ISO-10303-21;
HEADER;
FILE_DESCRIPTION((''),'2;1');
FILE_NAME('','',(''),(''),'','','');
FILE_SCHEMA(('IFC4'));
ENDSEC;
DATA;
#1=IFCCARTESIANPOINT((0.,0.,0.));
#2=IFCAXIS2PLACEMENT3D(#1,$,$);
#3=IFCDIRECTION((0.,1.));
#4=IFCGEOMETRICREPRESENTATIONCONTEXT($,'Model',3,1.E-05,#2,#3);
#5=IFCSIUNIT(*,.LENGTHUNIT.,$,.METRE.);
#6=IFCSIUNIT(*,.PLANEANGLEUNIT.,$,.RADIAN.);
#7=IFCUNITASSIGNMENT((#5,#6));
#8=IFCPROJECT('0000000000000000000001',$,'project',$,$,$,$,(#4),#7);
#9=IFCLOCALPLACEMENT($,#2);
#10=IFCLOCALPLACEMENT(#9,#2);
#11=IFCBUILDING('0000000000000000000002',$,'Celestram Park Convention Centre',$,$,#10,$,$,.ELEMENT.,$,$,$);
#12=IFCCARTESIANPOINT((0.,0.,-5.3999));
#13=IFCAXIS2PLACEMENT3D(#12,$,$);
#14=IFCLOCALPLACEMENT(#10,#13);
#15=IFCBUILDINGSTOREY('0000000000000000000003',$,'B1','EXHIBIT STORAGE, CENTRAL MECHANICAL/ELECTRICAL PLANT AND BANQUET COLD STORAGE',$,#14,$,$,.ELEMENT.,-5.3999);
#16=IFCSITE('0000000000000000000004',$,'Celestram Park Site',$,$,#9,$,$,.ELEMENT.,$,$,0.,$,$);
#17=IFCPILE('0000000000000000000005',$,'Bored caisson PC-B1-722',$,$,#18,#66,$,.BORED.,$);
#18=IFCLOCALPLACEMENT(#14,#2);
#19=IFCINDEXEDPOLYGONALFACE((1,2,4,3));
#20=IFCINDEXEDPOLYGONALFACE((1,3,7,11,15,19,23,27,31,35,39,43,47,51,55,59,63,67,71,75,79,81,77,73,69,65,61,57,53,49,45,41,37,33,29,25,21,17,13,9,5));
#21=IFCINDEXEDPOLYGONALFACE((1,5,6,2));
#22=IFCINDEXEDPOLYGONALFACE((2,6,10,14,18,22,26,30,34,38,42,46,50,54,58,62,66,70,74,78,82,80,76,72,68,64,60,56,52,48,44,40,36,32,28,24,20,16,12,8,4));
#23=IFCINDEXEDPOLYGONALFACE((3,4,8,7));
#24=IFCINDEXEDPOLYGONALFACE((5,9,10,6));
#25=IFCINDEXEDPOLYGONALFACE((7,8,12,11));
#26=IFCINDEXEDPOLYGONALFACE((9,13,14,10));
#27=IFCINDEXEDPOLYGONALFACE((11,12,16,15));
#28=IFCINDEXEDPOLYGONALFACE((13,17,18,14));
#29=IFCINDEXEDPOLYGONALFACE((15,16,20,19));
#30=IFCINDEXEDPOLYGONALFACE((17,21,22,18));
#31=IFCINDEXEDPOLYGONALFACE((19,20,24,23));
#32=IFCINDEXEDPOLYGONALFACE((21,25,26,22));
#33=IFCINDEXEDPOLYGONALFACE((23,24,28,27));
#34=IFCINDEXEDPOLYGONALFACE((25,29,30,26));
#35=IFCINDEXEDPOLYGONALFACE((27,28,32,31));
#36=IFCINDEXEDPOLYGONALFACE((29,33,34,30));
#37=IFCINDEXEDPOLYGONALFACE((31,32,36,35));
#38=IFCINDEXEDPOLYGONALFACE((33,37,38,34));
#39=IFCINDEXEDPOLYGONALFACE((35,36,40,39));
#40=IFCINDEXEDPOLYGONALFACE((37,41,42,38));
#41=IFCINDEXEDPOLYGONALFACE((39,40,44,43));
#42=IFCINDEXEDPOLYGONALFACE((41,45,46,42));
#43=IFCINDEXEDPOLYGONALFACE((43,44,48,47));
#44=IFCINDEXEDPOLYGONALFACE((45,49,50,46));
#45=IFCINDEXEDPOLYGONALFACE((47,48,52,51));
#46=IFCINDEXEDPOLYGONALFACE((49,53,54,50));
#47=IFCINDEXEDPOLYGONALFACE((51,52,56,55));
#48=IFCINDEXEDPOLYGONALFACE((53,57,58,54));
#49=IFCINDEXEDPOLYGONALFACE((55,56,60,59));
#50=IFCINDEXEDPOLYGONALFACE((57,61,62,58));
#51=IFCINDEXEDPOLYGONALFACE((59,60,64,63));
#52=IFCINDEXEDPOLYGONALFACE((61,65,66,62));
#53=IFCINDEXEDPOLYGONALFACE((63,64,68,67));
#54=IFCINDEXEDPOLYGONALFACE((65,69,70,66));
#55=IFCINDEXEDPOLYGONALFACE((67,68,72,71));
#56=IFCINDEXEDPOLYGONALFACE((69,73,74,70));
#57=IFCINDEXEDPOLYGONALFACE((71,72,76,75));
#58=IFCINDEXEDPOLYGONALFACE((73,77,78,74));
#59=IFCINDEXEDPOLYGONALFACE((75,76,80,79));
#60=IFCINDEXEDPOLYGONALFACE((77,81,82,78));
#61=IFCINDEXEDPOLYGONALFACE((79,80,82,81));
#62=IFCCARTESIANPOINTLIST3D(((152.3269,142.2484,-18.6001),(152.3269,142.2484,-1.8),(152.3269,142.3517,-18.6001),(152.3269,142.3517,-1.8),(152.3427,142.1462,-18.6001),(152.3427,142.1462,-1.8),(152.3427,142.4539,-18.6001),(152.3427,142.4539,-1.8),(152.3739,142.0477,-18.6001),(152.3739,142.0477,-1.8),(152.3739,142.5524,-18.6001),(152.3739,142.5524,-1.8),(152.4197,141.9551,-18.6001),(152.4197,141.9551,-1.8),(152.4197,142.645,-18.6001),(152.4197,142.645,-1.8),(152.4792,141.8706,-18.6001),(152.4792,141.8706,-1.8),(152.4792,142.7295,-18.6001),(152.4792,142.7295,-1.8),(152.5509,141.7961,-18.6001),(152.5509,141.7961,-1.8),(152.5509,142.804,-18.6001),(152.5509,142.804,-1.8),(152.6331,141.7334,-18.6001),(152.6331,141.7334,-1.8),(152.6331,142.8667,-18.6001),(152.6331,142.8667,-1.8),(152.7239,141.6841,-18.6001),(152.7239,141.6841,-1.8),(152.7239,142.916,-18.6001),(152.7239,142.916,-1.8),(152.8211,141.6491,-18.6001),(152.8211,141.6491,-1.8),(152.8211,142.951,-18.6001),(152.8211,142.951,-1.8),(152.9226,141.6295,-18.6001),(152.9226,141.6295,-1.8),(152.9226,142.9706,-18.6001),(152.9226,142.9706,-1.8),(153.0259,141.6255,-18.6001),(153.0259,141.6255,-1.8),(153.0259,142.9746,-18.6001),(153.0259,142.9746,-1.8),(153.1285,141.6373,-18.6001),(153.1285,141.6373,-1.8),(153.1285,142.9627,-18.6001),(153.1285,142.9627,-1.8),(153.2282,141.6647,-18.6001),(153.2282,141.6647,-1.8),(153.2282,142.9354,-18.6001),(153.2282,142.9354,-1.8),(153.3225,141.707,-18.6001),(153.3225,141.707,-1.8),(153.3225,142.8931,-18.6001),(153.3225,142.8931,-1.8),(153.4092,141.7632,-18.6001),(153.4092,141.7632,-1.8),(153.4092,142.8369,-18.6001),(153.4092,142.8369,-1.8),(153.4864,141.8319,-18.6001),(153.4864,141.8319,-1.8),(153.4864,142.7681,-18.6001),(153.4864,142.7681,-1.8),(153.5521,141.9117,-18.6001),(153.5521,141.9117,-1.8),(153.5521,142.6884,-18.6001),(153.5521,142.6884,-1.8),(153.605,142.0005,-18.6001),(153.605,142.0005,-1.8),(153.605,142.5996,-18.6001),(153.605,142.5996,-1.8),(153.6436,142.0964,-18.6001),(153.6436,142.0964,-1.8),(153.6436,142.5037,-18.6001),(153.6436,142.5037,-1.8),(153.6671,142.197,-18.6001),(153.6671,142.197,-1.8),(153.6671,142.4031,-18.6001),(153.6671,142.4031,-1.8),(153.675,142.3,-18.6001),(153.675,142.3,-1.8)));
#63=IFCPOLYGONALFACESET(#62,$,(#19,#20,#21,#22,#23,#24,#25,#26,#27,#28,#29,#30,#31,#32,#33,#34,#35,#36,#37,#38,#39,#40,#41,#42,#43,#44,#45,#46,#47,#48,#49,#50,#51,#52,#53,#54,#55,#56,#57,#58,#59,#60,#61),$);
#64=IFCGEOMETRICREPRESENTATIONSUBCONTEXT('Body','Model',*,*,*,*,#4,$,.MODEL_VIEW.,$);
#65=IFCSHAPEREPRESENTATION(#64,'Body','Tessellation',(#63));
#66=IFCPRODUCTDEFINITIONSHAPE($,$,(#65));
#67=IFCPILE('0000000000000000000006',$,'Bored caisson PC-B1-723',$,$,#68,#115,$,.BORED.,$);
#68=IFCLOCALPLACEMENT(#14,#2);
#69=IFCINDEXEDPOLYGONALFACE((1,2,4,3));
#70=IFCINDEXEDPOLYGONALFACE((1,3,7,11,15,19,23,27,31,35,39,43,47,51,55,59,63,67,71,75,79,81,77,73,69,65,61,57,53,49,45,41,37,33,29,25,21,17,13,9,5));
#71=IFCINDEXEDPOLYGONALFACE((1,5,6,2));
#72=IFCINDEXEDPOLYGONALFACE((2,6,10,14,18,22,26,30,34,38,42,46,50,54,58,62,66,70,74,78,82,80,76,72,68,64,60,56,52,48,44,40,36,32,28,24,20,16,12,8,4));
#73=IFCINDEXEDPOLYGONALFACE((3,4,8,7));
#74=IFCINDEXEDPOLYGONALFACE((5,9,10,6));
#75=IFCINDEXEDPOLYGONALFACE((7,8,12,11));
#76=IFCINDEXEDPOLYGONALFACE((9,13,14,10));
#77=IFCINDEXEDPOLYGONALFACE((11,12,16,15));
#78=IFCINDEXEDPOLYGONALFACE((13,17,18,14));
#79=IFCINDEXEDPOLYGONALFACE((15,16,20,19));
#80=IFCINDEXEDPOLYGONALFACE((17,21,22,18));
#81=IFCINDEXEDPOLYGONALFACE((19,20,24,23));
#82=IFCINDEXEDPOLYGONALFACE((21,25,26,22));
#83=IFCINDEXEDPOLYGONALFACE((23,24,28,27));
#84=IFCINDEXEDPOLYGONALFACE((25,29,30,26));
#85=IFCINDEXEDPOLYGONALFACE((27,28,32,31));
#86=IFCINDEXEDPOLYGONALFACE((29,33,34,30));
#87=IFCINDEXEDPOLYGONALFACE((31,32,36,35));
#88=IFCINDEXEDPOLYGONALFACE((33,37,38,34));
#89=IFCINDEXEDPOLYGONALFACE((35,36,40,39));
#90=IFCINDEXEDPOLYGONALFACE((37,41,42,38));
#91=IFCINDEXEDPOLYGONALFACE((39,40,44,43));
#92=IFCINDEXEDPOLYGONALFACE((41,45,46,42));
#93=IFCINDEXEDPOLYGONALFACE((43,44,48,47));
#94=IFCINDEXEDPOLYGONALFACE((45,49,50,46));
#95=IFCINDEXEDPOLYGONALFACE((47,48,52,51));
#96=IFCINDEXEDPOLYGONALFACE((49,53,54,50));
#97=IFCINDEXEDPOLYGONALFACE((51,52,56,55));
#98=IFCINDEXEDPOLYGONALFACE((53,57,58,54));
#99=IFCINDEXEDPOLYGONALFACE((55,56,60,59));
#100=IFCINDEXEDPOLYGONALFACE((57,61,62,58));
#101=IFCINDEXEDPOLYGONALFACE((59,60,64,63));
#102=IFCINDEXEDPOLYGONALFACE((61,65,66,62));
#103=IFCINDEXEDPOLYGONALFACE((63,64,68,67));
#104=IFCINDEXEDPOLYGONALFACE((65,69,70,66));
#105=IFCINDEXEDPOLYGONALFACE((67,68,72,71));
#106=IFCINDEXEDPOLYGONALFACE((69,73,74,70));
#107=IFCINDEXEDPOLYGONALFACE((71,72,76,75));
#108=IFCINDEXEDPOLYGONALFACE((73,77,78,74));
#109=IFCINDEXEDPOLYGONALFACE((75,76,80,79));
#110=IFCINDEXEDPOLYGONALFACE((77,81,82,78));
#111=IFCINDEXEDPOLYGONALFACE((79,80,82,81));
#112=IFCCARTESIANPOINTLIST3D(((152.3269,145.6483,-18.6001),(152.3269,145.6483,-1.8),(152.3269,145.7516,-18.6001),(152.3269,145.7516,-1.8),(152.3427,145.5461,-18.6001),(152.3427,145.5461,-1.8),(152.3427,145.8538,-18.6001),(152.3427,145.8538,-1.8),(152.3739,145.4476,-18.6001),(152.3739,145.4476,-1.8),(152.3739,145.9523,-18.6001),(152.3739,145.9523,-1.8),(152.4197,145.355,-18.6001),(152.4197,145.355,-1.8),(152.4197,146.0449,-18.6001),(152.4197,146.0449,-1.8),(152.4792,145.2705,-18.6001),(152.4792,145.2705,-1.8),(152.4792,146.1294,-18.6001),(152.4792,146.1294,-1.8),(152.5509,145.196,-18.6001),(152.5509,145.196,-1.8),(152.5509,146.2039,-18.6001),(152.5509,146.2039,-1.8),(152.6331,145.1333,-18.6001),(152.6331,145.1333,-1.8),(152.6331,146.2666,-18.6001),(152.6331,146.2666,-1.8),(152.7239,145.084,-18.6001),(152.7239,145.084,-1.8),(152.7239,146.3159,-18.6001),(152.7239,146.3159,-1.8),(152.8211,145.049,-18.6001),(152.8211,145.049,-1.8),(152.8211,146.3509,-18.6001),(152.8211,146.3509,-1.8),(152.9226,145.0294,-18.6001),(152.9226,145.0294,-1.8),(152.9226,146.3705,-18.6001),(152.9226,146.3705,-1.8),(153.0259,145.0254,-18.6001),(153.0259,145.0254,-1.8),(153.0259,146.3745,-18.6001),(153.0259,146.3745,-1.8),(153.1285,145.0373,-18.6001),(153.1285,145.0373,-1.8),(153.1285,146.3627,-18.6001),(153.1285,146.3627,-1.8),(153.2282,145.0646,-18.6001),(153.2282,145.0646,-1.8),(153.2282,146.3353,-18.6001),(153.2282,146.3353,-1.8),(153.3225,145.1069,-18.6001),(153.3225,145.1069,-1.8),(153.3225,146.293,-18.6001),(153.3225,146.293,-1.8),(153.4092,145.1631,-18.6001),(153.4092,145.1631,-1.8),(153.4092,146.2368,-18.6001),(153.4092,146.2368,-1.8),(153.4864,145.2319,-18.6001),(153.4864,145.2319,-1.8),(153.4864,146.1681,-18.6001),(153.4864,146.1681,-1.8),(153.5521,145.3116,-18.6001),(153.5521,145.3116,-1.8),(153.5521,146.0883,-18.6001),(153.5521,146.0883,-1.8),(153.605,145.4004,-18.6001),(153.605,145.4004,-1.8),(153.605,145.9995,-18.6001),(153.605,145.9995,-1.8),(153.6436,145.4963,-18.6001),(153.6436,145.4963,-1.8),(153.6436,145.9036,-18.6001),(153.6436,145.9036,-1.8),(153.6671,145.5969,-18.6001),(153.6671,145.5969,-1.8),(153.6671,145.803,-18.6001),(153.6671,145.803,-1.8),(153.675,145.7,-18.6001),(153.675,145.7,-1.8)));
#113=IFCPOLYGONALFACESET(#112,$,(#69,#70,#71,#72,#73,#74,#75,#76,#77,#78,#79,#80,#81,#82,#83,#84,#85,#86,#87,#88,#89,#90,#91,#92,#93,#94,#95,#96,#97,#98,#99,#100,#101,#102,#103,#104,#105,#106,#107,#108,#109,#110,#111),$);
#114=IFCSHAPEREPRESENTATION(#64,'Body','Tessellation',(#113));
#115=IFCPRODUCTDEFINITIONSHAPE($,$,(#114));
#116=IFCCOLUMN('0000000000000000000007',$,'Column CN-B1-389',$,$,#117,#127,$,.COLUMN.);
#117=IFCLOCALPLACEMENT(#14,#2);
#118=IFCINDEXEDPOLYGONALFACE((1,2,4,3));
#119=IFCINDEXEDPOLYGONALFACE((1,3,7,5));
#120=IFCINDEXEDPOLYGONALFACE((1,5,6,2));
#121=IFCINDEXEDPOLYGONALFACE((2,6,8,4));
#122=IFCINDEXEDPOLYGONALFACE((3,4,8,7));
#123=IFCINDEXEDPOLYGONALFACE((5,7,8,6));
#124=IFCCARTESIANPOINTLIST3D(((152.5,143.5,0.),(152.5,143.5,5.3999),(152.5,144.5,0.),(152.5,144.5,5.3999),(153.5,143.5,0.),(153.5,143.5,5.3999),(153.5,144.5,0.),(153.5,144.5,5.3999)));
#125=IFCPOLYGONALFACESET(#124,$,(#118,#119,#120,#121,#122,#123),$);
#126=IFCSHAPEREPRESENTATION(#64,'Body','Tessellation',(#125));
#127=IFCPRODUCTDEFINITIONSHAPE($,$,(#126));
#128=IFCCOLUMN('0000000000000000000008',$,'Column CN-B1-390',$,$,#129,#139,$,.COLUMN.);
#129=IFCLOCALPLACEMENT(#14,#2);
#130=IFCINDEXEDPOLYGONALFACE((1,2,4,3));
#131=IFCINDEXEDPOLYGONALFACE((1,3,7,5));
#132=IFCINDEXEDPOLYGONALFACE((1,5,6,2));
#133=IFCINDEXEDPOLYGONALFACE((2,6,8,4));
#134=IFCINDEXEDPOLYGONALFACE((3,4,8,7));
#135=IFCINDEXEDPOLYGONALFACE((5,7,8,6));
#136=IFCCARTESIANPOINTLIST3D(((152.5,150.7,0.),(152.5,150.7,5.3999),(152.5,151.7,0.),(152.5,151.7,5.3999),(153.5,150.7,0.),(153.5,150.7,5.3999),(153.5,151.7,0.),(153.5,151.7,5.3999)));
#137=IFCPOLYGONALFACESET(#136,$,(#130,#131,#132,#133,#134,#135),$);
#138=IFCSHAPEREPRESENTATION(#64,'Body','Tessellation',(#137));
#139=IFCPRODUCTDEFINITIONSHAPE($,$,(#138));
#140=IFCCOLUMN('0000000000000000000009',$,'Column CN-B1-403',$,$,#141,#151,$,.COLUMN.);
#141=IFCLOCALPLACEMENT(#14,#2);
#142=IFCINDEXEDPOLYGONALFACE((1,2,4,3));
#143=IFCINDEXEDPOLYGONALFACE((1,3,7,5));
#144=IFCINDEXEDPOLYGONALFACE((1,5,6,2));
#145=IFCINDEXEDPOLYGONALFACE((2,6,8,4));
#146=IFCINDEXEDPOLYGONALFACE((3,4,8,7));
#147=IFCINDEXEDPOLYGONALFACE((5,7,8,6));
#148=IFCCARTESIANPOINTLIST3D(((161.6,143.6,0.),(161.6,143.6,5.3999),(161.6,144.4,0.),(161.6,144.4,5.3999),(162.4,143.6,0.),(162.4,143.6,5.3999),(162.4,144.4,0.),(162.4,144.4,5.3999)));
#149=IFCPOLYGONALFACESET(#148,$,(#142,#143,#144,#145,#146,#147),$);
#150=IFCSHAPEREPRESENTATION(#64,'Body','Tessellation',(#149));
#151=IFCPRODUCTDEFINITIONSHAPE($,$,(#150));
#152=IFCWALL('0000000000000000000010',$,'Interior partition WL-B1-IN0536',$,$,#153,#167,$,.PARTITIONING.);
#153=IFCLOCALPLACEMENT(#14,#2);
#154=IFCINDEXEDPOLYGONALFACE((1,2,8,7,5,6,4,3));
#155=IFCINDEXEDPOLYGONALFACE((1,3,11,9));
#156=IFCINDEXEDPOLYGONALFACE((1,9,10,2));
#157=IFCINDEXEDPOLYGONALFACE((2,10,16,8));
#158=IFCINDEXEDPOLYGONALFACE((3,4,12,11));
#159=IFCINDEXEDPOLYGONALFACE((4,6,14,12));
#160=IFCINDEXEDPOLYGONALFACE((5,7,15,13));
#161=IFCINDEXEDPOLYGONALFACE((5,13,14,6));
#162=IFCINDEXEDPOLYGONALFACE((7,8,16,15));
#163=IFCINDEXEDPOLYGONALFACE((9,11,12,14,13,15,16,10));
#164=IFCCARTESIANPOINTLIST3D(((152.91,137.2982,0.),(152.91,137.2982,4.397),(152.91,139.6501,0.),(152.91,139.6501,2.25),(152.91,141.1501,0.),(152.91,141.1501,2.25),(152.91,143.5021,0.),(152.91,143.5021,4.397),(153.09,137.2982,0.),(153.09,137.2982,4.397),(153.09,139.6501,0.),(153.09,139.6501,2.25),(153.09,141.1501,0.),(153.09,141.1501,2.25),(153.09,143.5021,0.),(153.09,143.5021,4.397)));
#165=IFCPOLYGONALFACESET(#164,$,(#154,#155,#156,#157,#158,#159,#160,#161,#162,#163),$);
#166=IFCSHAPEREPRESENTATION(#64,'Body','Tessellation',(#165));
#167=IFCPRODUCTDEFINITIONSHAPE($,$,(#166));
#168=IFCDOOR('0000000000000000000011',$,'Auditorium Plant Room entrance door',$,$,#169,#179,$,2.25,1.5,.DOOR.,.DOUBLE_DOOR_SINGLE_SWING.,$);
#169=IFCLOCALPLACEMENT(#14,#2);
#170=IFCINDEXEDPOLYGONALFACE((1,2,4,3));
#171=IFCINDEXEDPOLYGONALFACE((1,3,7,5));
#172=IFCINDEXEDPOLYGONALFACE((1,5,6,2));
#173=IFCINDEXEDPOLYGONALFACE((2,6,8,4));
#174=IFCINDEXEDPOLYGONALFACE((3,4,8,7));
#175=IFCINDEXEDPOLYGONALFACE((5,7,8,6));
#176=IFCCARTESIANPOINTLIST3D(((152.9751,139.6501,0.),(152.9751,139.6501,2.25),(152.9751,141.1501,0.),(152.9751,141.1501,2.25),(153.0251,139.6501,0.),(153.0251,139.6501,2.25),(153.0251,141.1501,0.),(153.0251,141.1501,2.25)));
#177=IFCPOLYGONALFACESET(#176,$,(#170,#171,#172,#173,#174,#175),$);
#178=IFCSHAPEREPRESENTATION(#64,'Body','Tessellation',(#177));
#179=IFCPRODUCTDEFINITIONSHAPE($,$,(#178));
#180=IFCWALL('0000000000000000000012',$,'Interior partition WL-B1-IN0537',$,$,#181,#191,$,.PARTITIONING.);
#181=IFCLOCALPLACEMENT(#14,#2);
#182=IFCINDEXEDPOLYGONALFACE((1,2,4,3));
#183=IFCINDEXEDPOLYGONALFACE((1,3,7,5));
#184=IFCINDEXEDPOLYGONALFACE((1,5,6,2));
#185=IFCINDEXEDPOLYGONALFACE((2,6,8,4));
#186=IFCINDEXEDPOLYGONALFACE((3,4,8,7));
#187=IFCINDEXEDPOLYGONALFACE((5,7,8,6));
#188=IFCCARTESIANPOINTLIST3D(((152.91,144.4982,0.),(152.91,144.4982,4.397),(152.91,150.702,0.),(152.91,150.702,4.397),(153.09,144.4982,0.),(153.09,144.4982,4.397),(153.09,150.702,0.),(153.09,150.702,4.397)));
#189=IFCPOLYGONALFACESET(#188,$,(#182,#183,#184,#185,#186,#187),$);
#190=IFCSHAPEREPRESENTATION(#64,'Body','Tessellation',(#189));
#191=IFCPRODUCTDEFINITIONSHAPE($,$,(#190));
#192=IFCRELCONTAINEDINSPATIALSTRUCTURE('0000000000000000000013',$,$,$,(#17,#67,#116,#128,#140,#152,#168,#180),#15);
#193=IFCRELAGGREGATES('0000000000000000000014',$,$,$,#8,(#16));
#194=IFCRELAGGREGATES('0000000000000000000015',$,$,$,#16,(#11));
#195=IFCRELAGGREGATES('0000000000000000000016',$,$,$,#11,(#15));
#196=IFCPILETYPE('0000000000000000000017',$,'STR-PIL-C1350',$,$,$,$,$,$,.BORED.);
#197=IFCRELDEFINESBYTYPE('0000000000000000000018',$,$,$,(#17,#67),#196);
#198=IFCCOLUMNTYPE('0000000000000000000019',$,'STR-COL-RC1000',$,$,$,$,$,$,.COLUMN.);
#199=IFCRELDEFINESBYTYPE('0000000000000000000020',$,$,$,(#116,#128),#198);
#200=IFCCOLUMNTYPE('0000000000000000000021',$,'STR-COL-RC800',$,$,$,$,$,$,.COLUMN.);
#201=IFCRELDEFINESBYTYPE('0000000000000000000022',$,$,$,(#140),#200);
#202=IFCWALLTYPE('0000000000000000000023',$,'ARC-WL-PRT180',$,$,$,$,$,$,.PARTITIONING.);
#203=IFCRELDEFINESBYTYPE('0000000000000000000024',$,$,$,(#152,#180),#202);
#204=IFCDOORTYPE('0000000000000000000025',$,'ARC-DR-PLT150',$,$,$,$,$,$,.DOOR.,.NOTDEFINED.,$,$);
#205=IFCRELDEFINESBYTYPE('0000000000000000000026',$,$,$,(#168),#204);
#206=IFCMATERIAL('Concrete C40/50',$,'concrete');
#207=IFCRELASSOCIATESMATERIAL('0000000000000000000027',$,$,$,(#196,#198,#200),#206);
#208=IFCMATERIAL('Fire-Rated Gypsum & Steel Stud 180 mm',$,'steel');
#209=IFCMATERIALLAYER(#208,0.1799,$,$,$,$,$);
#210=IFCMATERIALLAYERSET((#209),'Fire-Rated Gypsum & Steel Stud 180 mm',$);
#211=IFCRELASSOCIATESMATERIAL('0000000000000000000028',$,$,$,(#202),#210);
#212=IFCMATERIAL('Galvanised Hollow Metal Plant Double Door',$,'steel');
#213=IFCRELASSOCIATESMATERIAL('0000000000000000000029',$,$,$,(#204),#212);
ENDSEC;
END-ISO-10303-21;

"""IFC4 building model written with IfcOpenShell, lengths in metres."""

from ifc_helpers import new_model, si_unit, direction, frame, frame_2d, origin, origin_2d, place, context, subcontext, project, spatial, rectangle, circle, extrude, material, layer, layer_set, material_profile, profile_set, type_object, element, fill, save


model = new_model("IFC4")

# Units and contexts
model_context = context("Model", 3, precision=1e-05, world=origin(), true_north=direction((0.0, 1.0)))
body_context = subcontext(model_context, "Body", "Model", "MODEL_VIEW")
ifc_project = project(units=[si_unit("LENGTHUNIT", "METRE"), si_unit("PLANEANGLEUNIT", "RADIAN")], contexts=[model_context])

# Site, building, storey
site_placement = place(None, origin())
site = spatial("IfcSite", under=ifc_project, at=site_placement, Name="Celestram Park Site", CompositionType="ELEMENT", RefElevation=0.0)
building_placement = place(site_placement, origin())
building = spatial("IfcBuilding", under=site, at=building_placement, Name="Celestram Park Convention Centre", CompositionType="ELEMENT")
storey_placement = place(building_placement, frame((0.0, 0.0, -5.3999)))
storey = spatial("IfcBuildingStorey", under=building, at=storey_placement, Name="B1", Description="EXHIBIT STORAGE, CENTRAL MECHANICAL/ELECTRICAL PLANT AND BANQUET COLD STORAGE", CompositionType="ELEMENT", Elevation=-5.3999)

# Shared definitions
ifc_material_1 = material(Name="Concrete C40/50", Category="concrete")

# Piles
ifc_material_profile_1 = material_profile(ifc_material_1, circle(Radius=0.675, at=origin_2d()), Name="CAISSON1350")
ifc_profile_set_1 = profile_set([ifc_material_profile_1], Name="Concrete C40/50")
pile_type_1 = type_object("IfcPileType", Name="STR-PIL-C1350", PredefinedType="BORED", material=ifc_profile_set_1)
for number, where, z_axis, x_axis, name in (
    (1, (153.0, 142.3, -1.8), (0.0, 0.0, -1.0), (1.0, 0.0, 0.0), "Bored caisson PC-B1-722"),
    (2, (153.0, 145.7, -1.8), (0.0, 0.0, -1.0), (1.0, 0.0, 0.0), "Bored caisson PC-B1-723"),
):
    element("IfcPile", number, at=place(storey_placement, frame(where, z_axis=z_axis, x_axis=x_axis)), inside=storey, type_object=pile_type_1, Name=name, PredefinedType="BORED", context=body_context, shape_type="SweptSolid", body=[
        extrude(circle(Radius=0.675, at=origin_2d()), origin(), (0.0, 0.0, 1.0), 16.8),
    ])

# Columns
ifc_material_profile_2 = material_profile(ifc_material_1, rectangle(XDim=1.0, YDim=1.0, at=origin_2d()), Name="RC1000X1000")
ifc_profile_set_2 = profile_set([ifc_material_profile_2], Name="Concrete C40/50")
column_type_1 = type_object("IfcColumnType", Name="STR-COL-RC1000", PredefinedType="COLUMN", material=ifc_profile_set_2)
for number, where, z_axis, x_axis, name in (
    (3, (153.0, 144.0, 0.0), (0.0, 0.0, 1.0), (1.0, 0.0, 0.0), "Column CN-B1-389"),
    (4, (153.0, 151.2, 0.0), (0.0, 0.0, 1.0), (1.0, 0.0, 0.0), "Column CN-B1-390"),
):
    element("IfcColumn", number, at=place(storey_placement, frame(where, z_axis=z_axis, x_axis=x_axis)), inside=storey, type_object=column_type_1, Name=name, PredefinedType="COLUMN", context=body_context, shape_type="SweptSolid", body=[
        extrude(rectangle(XDim=1.0, YDim=1.0, at=origin_2d()), origin(), (0.0, 0.0, 1.0), 5.3999),
    ])
ifc_material_profile_3 = material_profile(ifc_material_1, rectangle(XDim=0.8, YDim=0.8, at=origin_2d()), Name="RC800X800")
ifc_profile_set_3 = profile_set([ifc_material_profile_3], Name="Concrete C40/50")
column_type_2 = type_object("IfcColumnType", Name="STR-COL-RC800", PredefinedType="COLUMN", material=ifc_profile_set_3)
column_placement = place(storey_placement, frame((162.0, 144.0, 0.0), z_axis=(0.0, 0.0, 1.0), x_axis=(1.0, 0.0, 0.0)))
element("IfcColumn", 5, at=column_placement, inside=storey, type_object=column_type_2, Name="Column CN-B1-403", PredefinedType="COLUMN", context=body_context, shape_type="SweptSolid", body=[
    extrude(rectangle(XDim=0.8, YDim=0.8, at=origin_2d()), origin(), (0.0, 0.0, 1.0), 5.3999),
])

# Wall, opening, door
ifc_material_2 = material(Name="Fire-Rated Gypsum & Steel Stud 180 mm", Category="steel")
ifc_layer = layer(ifc_material_2, 0.1799)
ifc_layer_set = layer_set([ifc_layer], Name="Fire-Rated Gypsum & Steel Stud 180 mm")
wall_type = type_object("IfcWallType", Name="ARC-WL-PRT180", PredefinedType="PARTITIONING", material=ifc_layer_set)
wall_1_placement = place(storey_placement, frame((153.0, 137.2981, 0.0), z_axis=(0.0, 0.0, 1.0), x_axis=(0.0, 1.0, 0.0)))
wall_1 = element("IfcWall", 6, at=wall_1_placement, inside=storey, type_object=wall_type, Name="Interior partition WL-B1-IN0536", PredefinedType="PARTITIONING", context=body_context, shape_type="SweptSolid", body=[
    extrude(rectangle(XDim=6.2039, YDim=0.1799, at=frame_2d((3.1021, 0.0))), origin(), (0.0, 0.0, 1.0), 4.397),
])
opening_placement = place(wall_1_placement, frame((2.3521, 0.0, 0.0)))
opening = element("IfcOpeningElement", 7, at=opening_placement, cuts=wall_1, PredefinedType="OPENING", context=body_context, shape_type="SweptSolid", body=[
    extrude(rectangle(XDim=1.5, YDim=2.25, at=frame_2d((0.75, 1.125))), frame((0.0, 0.0999, 0.0), z_axis=(0.0, -1.0, 0.0), x_axis=(1.0, 0.0, 0.0)), (0.0, 0.0, 1.0), 0.2),
])
ifc_material_3 = material(Name="Galvanised Hollow Metal Plant Double Door", Category="steel")
door_type = type_object("IfcDoorType", Name="ARC-DR-PLT150", OperationType="NOTDEFINED", PredefinedType="DOOR", material=ifc_material_3)
door_placement = place(opening_placement, origin())
door = element("IfcDoor", 8, at=door_placement, inside=storey, type_object=door_type, Name="Auditorium Plant Room entrance door", OperationType="DOUBLE_DOOR_SINGLE_SWING", OverallHeight=2.25, OverallWidth=1.5, PredefinedType="DOOR", context=body_context, shape_type="SweptSolid", body=[
    extrude(rectangle(XDim=1.5, YDim=2.25, at=frame_2d((0.75, 1.125))), frame((0.0, 0.0249, 0.0), z_axis=(0.0, -1.0, 0.0), x_axis=(1.0, 0.0, 0.0)), (0.0, 0.0, 1.0), 0.05),
])
fill(opening, door)

# Wall
wall_2_placement = place(storey_placement, frame((153.0, 144.498, 0.0), z_axis=(0.0, 0.0, 1.0), x_axis=(0.0, 1.0, 0.0)))
element("IfcWall", 9, at=wall_2_placement, inside=storey, type_object=wall_type, Name="Interior partition WL-B1-IN0537", PredefinedType="PARTITIONING", context=body_context, shape_type="SweptSolid", body=[
    extrude(rectangle(XDim=6.2039, YDim=0.1799, at=frame_2d((3.1021, 0.0))), origin(), (0.0, 0.0, 1.0), 4.397),
])

save(model, "model.ifc")
